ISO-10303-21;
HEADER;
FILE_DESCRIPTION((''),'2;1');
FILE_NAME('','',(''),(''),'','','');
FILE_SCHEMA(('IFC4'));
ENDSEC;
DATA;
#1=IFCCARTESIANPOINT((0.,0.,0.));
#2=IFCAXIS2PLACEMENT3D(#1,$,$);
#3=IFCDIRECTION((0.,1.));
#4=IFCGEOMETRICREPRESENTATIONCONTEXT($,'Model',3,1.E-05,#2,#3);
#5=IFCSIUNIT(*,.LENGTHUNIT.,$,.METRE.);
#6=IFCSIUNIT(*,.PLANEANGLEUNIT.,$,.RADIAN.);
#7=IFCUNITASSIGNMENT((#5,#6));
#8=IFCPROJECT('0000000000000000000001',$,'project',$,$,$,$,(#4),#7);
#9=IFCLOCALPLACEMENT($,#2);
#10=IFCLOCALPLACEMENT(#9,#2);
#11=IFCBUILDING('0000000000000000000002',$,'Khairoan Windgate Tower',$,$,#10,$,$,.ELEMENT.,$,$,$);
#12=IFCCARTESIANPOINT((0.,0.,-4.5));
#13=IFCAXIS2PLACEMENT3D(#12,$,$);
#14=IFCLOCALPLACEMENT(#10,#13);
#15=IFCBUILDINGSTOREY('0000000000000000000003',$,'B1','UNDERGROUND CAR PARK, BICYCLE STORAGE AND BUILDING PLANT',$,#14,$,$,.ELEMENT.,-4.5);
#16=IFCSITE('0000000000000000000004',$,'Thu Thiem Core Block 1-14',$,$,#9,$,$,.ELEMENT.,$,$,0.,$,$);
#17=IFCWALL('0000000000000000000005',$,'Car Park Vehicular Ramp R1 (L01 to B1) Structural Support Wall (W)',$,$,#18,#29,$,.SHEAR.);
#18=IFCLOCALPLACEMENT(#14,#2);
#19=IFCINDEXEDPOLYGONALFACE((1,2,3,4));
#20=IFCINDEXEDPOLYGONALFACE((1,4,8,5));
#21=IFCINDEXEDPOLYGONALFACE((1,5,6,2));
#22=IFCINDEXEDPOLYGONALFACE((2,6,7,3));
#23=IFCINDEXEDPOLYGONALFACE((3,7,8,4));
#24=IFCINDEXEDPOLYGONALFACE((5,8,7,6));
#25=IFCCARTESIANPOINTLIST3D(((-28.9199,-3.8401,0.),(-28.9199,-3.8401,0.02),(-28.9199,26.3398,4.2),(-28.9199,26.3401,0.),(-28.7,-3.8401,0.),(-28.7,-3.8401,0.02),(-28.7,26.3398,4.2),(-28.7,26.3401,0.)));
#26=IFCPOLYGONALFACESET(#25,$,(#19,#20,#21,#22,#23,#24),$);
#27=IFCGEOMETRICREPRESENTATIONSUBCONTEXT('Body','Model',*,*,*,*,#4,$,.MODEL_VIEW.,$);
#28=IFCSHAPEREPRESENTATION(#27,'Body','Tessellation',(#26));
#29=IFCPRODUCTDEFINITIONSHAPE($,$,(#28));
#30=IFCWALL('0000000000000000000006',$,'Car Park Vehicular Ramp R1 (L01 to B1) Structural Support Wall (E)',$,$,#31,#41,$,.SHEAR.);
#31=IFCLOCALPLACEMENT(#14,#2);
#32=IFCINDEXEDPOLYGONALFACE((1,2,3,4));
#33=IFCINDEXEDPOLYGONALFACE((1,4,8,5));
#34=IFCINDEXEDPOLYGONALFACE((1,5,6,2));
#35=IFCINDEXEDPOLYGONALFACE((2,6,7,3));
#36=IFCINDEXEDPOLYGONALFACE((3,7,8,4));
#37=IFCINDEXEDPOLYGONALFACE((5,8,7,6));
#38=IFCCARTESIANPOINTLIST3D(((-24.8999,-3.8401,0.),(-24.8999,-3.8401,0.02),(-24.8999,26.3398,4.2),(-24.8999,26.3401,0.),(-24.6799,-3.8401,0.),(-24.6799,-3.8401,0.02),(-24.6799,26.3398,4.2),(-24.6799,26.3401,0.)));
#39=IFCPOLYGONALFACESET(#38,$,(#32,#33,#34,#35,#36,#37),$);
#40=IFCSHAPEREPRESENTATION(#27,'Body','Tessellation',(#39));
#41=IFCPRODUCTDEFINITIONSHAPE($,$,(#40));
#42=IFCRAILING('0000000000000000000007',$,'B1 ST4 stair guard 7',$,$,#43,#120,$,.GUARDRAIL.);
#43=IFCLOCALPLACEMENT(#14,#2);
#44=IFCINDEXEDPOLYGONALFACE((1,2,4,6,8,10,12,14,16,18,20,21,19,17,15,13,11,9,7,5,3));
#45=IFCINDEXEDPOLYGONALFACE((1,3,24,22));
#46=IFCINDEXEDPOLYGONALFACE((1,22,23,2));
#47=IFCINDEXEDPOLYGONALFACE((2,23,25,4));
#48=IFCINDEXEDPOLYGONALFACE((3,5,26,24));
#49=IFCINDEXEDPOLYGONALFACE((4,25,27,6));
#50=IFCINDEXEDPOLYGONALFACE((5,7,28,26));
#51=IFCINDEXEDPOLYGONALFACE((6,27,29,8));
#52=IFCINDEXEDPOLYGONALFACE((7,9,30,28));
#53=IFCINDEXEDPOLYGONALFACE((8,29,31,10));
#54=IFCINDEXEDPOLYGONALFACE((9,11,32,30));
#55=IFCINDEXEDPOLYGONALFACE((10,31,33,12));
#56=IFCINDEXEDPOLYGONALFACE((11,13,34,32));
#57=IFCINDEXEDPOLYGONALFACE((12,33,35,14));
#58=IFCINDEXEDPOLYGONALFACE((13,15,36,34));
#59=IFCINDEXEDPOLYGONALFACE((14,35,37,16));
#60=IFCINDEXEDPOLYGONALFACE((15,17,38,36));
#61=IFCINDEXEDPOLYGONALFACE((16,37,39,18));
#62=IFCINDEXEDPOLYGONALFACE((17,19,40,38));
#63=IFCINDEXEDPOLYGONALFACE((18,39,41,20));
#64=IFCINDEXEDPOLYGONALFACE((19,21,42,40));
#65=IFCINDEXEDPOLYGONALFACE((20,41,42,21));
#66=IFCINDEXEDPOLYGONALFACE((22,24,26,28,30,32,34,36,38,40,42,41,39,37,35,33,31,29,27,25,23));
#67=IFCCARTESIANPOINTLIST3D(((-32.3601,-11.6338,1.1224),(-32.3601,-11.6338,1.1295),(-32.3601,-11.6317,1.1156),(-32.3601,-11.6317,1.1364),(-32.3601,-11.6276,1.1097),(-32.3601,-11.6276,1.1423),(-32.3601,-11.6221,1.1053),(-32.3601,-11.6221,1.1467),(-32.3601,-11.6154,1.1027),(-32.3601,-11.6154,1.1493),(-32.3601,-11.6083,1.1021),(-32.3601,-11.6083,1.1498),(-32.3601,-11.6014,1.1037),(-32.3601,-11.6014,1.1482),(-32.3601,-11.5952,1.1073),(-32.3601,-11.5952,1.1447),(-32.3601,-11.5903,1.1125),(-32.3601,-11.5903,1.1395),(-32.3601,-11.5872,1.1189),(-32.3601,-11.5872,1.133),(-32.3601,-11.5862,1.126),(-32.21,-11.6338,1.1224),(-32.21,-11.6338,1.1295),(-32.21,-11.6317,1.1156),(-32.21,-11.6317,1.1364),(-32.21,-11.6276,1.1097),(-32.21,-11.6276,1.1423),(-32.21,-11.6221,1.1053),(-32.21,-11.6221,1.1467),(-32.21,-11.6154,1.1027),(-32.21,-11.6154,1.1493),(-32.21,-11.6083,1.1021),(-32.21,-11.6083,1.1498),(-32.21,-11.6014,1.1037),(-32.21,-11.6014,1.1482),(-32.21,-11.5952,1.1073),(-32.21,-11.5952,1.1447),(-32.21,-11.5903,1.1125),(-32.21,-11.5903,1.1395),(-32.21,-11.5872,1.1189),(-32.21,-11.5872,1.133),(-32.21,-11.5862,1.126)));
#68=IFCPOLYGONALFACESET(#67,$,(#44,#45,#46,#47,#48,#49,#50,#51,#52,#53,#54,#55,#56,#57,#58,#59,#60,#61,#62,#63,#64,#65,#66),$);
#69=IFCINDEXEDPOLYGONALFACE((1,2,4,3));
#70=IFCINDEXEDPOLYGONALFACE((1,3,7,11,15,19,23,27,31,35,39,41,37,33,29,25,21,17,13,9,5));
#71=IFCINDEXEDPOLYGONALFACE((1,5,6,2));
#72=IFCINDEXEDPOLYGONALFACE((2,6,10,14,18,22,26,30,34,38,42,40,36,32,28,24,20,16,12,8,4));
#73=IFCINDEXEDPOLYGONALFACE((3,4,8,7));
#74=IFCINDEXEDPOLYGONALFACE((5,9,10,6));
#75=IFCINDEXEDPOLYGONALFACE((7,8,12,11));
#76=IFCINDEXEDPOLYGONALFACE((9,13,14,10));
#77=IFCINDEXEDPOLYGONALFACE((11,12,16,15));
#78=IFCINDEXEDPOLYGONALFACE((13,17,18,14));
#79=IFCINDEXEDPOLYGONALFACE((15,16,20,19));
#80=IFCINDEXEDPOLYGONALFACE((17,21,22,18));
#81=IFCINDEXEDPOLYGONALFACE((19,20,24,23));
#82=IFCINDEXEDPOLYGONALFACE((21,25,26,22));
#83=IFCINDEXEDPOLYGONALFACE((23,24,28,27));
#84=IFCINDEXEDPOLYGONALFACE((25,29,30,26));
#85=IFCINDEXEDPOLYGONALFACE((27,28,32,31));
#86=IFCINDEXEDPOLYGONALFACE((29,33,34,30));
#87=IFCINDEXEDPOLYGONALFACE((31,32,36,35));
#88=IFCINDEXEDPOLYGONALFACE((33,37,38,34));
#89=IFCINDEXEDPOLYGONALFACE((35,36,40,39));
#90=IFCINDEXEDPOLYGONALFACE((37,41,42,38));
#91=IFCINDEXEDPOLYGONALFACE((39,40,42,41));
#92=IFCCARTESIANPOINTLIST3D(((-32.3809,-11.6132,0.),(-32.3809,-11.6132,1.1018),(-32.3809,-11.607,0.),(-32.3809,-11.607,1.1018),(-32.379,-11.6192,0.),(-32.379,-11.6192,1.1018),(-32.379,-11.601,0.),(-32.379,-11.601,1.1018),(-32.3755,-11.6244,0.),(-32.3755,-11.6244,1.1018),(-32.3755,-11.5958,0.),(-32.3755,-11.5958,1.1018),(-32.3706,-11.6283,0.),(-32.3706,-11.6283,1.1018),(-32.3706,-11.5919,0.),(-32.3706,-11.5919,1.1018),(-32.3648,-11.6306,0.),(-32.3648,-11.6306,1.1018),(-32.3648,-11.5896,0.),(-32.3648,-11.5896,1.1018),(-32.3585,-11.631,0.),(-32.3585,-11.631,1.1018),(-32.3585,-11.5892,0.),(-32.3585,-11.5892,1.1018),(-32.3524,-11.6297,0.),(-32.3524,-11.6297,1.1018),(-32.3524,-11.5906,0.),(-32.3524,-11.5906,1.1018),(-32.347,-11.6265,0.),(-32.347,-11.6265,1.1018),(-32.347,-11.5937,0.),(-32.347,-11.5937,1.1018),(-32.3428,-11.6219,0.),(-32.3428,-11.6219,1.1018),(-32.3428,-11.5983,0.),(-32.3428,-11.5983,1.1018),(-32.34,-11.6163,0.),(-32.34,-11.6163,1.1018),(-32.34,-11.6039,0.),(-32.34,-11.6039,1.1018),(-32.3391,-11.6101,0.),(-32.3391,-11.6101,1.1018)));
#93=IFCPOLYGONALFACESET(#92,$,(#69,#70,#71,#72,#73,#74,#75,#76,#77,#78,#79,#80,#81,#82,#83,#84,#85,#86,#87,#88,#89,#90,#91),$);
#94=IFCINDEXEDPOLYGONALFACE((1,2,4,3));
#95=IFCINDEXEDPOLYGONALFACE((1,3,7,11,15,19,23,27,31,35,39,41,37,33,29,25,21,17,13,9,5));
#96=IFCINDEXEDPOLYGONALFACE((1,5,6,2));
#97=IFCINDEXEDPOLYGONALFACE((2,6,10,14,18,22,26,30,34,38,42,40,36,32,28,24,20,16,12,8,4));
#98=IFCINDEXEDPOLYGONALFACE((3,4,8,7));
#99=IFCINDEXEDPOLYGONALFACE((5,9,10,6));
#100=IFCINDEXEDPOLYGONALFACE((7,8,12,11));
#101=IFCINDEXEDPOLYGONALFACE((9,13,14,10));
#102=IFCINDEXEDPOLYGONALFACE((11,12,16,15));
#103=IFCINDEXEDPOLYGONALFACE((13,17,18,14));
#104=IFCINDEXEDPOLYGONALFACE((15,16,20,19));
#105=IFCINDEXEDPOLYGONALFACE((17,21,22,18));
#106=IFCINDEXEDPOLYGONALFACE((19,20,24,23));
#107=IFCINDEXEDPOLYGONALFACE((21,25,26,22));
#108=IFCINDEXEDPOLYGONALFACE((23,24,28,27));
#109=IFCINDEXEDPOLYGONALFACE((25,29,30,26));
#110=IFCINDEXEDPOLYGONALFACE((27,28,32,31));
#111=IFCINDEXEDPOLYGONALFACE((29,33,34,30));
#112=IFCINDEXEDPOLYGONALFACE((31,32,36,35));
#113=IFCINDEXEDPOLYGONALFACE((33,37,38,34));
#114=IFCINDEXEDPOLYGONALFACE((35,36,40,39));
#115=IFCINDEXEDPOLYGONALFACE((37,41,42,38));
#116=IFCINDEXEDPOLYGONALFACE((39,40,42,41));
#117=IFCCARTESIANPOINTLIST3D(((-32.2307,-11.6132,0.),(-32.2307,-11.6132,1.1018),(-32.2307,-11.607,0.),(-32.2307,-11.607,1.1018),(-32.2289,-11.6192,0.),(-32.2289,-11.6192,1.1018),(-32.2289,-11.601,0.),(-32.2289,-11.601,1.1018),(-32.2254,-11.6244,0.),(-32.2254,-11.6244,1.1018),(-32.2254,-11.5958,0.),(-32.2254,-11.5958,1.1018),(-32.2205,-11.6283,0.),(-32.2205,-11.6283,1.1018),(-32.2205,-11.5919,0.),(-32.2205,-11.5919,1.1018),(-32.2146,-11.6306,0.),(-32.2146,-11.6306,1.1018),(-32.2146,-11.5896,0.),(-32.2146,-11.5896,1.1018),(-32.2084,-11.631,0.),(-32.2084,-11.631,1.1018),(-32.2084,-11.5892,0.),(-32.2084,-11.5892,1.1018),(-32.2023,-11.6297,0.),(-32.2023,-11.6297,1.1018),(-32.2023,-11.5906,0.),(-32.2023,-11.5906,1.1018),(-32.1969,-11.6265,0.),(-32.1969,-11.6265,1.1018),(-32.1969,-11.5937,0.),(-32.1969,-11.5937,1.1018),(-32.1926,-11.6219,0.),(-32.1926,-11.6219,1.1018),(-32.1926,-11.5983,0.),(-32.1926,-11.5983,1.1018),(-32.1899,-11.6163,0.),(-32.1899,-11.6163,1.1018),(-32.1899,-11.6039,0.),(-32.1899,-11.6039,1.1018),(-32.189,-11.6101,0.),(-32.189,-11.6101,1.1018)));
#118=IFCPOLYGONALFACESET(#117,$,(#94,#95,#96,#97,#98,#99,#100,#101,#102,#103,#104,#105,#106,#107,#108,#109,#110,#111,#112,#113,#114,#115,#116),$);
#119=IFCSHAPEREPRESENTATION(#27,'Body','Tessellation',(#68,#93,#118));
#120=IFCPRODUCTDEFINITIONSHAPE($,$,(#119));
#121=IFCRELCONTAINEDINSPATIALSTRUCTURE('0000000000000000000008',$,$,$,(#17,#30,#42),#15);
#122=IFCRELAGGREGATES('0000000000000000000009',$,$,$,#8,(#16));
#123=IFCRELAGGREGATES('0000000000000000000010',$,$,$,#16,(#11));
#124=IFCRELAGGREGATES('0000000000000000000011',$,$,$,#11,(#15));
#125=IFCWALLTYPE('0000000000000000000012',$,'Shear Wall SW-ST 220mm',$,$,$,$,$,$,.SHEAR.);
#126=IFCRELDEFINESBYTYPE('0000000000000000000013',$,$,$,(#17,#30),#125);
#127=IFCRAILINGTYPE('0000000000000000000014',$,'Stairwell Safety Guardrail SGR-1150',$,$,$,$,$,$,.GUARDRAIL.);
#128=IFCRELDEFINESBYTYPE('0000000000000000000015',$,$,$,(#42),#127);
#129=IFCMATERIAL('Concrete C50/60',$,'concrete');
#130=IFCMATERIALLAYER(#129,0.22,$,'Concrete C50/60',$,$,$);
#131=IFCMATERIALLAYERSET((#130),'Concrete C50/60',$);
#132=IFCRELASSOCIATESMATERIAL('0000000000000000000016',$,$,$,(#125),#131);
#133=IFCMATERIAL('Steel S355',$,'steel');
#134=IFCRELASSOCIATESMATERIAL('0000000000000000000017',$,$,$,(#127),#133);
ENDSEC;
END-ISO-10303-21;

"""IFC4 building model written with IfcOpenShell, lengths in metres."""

from ifc_helpers import new_model, si_unit, direction, frame, origin, origin_2d, place, context, subcontext, project, spatial, polyline, circle, outline, extrude, material, layer, layer_set, type_object, element, save


model = new_model("IFC4")

# Units and contexts
model_context = context("Model", 3, precision=1e-05, world=origin(), true_north=direction((0.0, 1.0)))
body_context = subcontext(model_context, "Body", "Model", "MODEL_VIEW")
ifc_project = project(units=[si_unit("LENGTHUNIT", "METRE"), si_unit("PLANEANGLEUNIT", "RADIAN")], contexts=[model_context])

# Site, building, storey
site_placement = place(None, origin())
site = spatial("IfcSite", under=ifc_project, at=site_placement, Name="Thu Thiem Core Block 1-14", CompositionType="ELEMENT", RefElevation=0.0)
building_placement = place(site_placement, origin())
building = spatial("IfcBuilding", under=site, at=building_placement, Name="Khairoan Windgate Tower", CompositionType="ELEMENT")
storey_placement = place(building_placement, frame((0.0, 0.0, -4.5)))
storey = spatial("IfcBuildingStorey", under=building, at=storey_placement, Name="B1", Description="UNDERGROUND CAR PARK, BICYCLE STORAGE AND BUILDING PLANT", CompositionType="ELEMENT", Elevation=-4.5)

# Shared definitions
ifc_material_1 = material(Name="Concrete C50/60", Category="concrete")
ifc_layer_1 = layer(ifc_material_1, 0.22, Name="Concrete C50/60")
ifc_layer_set_1 = layer_set([ifc_layer_1], Name="Concrete C50/60")
wall_type_1 = type_object("IfcWallType", Name="Shear Wall SW-ST 220mm", PredefinedType="SHEAR", material=ifc_layer_set_1)

# Walls
for number, where, z_axis, x_axis, name in (
    (1, (-28.8101, -3.8401, 0.0), (0.0, 0.0, 1.0), (0.0, 1.0, 0.0), "Car Park Vehicular Ramp R1 (L01 to B1) Structural Support Wall (W)"),
    (2, (-24.79, -3.8401, 0.0), (0.0, 0.0, 1.0), (0.0, 1.0, 0.0), "Car Park Vehicular Ramp R1 (L01 to B1) Structural Support Wall (E)"),
):
    element("IfcWall", number, at=place(storey_placement, frame(where, z_axis=z_axis, x_axis=x_axis)), inside=storey, type_object=wall_type_1, Name=name, PredefinedType="SHEAR", context=body_context, shape_type="SweptSolid", body=[
        extrude(outline(polyline([(0.0, 0.0), (30.1802, 0.0), (30.1799, 4.2), (0.0, 0.02), (0.0, 0.0)])), frame((0.0, 0.1099, 0.0), z_axis=(0.0, -1.0, 0.0), x_axis=(1.0, 0.0, 0.0)), (0.0, 0.0, 1.0), 0.22),
    ])

# Railing
ifc_material_2 = material(Name="Steel S355", Category="steel")
railing_type_1 = type_object("IfcRailingType", Name="Stairwell Safety Guardrail SGR-1150", PredefinedType="GUARDRAIL", material=ifc_material_2)
railing_1_placement = place(storey_placement, frame((-32.3601, -11.6101, 0.0)))
element("IfcRailing", 3, at=railing_1_placement, inside=storey, type_object=railing_type_1, Name="B1 ST4 stair guard 7", PredefinedType="GUARDRAIL", context=body_context, shape_type="SweptSolid", body=[
    extrude(circle(Radius=0.0239, at=origin_2d()), frame((0.0, 0.0, 1.126), z_axis=(1.0, 0.0, 0.0), x_axis=(0.0, 1.0, 0.0)), (0.0, 0.0, 1.0), 0.1501),
    extrude(circle(Radius=0.021, at=origin_2d()), origin(), (0.0, 0.0, 1.0), 1.1018),
    extrude(circle(Radius=0.021, at=origin_2d()), frame((0.1501, 0.0, 0.0)), (0.0, 0.0, 1.0), 1.1018),
])

save(model, "model.ifc")
